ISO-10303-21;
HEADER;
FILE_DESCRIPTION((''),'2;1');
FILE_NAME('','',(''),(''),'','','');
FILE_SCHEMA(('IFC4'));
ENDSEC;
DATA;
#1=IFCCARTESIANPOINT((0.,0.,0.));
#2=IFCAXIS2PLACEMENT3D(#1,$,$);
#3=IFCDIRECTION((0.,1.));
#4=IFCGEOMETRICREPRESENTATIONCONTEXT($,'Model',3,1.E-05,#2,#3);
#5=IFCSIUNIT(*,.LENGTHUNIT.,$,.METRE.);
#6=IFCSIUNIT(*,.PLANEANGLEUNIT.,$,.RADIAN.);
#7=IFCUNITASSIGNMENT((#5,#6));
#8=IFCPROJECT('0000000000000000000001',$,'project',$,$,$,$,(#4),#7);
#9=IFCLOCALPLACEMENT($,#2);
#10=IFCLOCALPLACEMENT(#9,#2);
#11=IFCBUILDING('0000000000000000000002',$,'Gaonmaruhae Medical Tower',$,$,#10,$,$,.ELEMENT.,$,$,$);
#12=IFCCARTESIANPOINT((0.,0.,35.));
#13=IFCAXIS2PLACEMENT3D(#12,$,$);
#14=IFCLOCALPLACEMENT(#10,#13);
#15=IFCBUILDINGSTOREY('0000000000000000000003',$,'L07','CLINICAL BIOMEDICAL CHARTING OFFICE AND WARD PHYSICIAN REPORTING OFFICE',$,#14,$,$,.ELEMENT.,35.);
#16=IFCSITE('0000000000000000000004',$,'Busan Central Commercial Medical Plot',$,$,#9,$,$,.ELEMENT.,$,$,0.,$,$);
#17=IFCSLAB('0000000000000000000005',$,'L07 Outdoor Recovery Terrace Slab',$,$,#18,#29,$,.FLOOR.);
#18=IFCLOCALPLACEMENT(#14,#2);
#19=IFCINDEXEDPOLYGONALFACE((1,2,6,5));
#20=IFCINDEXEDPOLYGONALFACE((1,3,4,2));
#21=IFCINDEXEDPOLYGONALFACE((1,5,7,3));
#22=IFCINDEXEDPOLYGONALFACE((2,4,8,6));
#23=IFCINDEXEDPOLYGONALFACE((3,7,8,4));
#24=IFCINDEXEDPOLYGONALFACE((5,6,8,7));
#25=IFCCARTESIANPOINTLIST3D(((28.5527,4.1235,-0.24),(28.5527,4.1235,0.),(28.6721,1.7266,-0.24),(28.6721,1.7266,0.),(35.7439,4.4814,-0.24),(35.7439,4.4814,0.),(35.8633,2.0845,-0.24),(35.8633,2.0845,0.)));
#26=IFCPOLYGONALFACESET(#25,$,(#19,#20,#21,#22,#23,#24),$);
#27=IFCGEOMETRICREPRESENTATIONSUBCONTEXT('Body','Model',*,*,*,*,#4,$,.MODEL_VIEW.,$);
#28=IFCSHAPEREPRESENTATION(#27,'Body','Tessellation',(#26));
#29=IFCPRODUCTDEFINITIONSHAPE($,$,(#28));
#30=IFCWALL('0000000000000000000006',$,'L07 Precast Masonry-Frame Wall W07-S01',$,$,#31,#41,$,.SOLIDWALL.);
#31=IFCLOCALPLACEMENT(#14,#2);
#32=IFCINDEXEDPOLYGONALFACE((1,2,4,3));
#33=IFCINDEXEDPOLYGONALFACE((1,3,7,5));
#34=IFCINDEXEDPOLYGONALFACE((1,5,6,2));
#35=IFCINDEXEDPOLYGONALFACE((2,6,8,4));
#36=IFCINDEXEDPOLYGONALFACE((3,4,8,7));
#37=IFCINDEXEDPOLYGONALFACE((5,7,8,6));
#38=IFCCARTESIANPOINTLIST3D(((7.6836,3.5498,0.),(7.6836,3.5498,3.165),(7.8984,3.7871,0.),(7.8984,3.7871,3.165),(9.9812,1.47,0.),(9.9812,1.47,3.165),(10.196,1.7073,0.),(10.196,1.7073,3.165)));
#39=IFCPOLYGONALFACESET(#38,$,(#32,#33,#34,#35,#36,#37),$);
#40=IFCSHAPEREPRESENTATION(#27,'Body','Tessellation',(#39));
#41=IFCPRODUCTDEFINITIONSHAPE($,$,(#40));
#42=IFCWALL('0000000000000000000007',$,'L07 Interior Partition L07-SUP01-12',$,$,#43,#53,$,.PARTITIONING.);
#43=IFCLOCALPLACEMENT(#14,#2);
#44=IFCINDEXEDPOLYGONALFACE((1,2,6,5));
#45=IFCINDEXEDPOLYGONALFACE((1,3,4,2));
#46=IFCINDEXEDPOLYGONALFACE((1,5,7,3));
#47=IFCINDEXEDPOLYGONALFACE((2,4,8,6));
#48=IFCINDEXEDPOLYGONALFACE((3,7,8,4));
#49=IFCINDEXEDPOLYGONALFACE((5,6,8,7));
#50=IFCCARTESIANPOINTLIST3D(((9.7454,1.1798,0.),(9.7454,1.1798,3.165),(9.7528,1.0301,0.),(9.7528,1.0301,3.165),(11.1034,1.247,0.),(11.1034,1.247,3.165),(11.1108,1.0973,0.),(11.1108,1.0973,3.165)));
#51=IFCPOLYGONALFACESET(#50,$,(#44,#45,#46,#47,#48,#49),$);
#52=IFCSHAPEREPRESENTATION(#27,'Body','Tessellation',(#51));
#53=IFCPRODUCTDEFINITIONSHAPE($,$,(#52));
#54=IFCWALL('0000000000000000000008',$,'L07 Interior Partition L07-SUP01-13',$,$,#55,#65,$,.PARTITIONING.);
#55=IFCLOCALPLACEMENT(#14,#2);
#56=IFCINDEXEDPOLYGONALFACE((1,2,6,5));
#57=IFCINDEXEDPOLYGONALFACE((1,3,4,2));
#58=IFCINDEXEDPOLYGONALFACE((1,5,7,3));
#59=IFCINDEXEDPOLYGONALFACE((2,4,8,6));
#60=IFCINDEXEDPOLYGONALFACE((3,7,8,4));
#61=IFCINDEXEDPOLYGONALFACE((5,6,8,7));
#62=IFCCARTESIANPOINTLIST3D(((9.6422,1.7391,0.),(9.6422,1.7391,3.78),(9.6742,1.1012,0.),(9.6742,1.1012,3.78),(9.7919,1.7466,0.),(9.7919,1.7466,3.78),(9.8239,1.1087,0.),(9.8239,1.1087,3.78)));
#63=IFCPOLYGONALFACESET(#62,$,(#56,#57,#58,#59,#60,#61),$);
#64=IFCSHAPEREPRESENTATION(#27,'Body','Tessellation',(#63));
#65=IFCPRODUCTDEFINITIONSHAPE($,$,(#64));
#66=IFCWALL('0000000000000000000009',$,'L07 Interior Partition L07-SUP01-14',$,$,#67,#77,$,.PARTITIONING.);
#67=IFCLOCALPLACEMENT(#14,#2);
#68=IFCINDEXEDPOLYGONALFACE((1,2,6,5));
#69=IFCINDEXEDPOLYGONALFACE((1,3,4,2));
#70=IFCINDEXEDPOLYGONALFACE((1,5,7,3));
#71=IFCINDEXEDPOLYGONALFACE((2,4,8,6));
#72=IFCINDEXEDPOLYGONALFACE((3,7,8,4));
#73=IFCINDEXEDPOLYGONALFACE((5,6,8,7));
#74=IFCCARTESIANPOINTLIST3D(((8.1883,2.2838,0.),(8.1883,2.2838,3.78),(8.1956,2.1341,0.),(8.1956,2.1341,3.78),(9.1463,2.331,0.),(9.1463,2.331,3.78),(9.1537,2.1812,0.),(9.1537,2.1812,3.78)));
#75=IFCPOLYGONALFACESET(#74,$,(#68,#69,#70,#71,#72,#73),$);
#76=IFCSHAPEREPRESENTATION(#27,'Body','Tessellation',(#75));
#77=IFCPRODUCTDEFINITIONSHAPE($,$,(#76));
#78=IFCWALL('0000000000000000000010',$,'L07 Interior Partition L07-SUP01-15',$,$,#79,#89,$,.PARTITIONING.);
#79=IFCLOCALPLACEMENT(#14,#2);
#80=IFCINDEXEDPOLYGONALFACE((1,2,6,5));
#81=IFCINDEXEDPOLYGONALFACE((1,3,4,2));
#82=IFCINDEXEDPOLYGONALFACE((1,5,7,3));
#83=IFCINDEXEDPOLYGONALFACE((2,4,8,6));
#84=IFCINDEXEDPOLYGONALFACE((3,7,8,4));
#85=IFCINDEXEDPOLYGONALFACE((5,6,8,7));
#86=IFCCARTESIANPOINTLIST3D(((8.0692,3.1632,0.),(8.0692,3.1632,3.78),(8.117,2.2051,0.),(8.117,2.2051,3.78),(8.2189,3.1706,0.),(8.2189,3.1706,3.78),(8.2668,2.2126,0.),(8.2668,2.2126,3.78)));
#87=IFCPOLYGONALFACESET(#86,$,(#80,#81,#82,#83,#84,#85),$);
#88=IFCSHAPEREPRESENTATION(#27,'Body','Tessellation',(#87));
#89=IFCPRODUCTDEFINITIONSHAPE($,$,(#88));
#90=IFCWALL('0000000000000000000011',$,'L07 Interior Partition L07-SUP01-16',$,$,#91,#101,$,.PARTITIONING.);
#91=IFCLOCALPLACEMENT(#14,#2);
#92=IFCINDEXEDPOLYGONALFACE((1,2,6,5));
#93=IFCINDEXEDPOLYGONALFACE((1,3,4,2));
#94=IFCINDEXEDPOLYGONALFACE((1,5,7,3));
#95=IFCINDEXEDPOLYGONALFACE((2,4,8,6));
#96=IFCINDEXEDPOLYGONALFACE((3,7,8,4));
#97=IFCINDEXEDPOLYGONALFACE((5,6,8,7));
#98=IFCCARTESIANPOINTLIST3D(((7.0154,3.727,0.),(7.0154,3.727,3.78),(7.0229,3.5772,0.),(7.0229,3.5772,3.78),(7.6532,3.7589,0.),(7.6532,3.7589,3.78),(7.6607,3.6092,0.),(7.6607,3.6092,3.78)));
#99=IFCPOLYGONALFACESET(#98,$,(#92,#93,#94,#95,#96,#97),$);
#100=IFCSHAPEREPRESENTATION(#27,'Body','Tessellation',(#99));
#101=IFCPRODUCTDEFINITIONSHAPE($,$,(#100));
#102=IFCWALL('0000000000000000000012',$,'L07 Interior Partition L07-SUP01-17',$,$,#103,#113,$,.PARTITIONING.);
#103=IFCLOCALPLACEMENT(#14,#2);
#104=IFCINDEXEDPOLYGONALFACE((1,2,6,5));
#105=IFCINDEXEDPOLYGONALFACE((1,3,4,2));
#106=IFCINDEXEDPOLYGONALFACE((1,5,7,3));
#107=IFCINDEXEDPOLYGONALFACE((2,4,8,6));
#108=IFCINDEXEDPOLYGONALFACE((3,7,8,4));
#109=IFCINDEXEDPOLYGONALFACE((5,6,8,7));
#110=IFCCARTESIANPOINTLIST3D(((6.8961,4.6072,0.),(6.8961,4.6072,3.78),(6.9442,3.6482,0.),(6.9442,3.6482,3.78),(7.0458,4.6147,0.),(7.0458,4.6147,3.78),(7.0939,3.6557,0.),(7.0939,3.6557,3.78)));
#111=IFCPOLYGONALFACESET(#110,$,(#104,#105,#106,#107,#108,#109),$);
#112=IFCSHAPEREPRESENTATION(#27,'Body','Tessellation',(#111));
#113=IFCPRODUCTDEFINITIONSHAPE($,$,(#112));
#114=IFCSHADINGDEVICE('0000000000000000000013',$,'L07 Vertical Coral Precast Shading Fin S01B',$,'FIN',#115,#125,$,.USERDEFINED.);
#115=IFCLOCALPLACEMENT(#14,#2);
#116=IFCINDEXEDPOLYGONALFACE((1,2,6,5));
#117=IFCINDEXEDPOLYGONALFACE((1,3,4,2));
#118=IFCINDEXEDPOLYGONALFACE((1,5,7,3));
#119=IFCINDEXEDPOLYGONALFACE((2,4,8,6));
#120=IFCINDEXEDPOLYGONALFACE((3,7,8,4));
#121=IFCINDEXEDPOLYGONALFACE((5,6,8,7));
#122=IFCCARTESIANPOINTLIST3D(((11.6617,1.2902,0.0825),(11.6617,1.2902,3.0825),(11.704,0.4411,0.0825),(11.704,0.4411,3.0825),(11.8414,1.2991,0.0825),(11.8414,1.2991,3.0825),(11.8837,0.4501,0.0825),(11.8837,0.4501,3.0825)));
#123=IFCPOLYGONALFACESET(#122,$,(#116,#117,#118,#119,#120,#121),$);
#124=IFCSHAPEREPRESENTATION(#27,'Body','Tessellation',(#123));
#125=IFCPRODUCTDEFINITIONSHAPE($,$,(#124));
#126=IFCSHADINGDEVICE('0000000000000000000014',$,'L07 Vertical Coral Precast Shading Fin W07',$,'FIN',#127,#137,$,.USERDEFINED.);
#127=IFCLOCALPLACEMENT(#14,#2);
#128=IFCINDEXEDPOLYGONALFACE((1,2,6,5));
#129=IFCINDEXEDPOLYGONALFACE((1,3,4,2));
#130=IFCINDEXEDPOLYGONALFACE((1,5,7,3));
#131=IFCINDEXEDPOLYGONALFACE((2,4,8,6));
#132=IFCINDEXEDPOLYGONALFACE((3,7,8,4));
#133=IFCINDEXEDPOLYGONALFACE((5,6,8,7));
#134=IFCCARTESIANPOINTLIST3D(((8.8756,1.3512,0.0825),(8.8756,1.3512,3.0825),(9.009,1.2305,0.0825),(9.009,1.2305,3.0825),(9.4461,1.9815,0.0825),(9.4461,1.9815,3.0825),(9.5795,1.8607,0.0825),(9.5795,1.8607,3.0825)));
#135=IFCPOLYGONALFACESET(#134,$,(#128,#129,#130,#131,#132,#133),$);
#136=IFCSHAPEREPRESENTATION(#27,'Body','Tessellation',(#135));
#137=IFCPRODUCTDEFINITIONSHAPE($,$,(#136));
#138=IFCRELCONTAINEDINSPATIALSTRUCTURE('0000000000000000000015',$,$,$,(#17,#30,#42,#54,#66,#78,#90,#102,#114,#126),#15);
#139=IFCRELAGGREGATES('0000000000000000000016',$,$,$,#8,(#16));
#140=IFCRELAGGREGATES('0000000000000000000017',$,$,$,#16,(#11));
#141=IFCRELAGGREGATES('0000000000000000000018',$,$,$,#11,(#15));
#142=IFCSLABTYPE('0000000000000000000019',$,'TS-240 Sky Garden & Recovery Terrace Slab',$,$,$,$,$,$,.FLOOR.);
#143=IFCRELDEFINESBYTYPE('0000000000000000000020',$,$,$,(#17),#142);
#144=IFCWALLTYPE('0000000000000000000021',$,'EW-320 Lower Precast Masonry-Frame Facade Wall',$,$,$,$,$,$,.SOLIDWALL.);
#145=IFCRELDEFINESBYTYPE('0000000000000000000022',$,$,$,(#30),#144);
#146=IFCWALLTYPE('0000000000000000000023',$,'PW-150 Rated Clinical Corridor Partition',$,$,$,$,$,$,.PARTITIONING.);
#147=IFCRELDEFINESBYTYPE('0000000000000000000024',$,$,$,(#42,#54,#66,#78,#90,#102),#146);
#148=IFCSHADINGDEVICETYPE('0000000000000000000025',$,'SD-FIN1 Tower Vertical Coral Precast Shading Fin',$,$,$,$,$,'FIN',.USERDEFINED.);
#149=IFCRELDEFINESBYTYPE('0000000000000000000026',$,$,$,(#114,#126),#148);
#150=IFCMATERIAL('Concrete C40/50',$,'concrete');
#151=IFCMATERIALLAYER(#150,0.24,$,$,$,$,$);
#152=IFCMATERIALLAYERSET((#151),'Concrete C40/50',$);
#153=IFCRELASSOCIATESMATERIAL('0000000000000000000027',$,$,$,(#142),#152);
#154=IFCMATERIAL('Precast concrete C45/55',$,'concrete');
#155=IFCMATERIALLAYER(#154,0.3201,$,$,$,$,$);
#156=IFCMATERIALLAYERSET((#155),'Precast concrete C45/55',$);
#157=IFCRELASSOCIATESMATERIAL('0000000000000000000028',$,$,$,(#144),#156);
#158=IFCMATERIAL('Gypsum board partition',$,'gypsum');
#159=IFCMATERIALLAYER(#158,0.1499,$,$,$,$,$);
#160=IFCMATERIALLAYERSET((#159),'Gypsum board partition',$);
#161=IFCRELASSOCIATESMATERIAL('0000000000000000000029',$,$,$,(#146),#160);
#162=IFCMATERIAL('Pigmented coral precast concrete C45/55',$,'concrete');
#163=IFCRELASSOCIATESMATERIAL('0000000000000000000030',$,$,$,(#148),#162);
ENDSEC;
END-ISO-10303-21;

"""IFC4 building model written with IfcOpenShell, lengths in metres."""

from ifc_helpers import new_model, si_unit, direction, frame, frame_2d, origin, origin_2d, place, context, subcontext, project, spatial, polyline, rectangle, outline, extrude, material, layer, layer_set, type_object, element, save


model = new_model("IFC4")

# Units and contexts
model_context = context("Model", 3, precision=1e-05, world=origin(), true_north=direction((0.0, 1.0)))
body_context = subcontext(model_context, "Body", "Model", "MODEL_VIEW")
ifc_project = project(units=[si_unit("LENGTHUNIT", "METRE"), si_unit("PLANEANGLEUNIT", "RADIAN")], contexts=[model_context])

# Site, building, storey
site_placement = place(None, origin())
site = spatial("IfcSite", under=ifc_project, at=site_placement, Name="Busan Central Commercial Medical Plot", CompositionType="ELEMENT", RefElevation=0.0)
building_placement = place(site_placement, origin())
building = spatial("IfcBuilding", under=site, at=building_placement, Name="Gaonmaruhae Medical Tower", CompositionType="ELEMENT")
storey_placement = place(building_placement, frame((0.0, 0.0, 35.0)))
storey = spatial("IfcBuildingStorey", under=building, at=storey_placement, Name="L07", Description="CLINICAL BIOMEDICAL CHARTING OFFICE AND WARD PHYSICIAN REPORTING OFFICE", CompositionType="ELEMENT", Elevation=35.0)

# Shared definitions
ifc_material_1 = material(Name="Concrete C40/50", Category="concrete")

# Slab
ifc_layer_1 = layer(ifc_material_1, 0.24)
ifc_layer_set_1 = layer_set([ifc_layer_1], Name="Concrete C40/50")
slab_type_1 = type_object("IfcSlabType", Name="TS-240 Sky Garden & Recovery Terrace Slab", PredefinedType="FLOOR", material=ifc_layer_set_1)
slab_1_placement = place(storey_placement, frame((0.0, 0.0, -0.24)))
element("IfcSlab", 1, at=slab_1_placement, inside=storey, type_object=slab_type_1, Name="L07 Outdoor Recovery Terrace Slab", PredefinedType="FLOOR", context=body_context, shape_type="SweptSolid", body=[
    extrude(outline(polyline([(28.6721, 1.7266), (35.8633, 2.0845), (35.7439, 4.4814), (28.5527, 4.1235), (28.6721, 1.7266)])), origin(), (0.0, 0.0, 1.0), 0.24),
])

# Walls
ifc_material_2 = material(Name="Precast concrete C45/55", Category="concrete")
ifc_layer_2 = layer(ifc_material_2, 0.3201)
ifc_layer_set_2 = layer_set([ifc_layer_2], Name="Precast concrete C45/55")
wall_type_1 = type_object("IfcWallType", Name="EW-320 Lower Precast Masonry-Frame Facade Wall", PredefinedType="SOLIDWALL", material=ifc_layer_set_2)
wall_1_placement = place(storey_placement, frame((10.0886, 1.5886, 0.0), z_axis=(0.0, 0.0, 1.0), x_axis=(-0.741368, 0.671099, 0.0)))
element("IfcWall", 2, at=wall_1_placement, inside=storey, type_object=wall_type_1, Name="L07 Precast Masonry-Frame Wall W07-S01", PredefinedType="SOLIDWALL", context=body_context, shape_type="SweptSolid", body=[
    extrude(rectangle(XDim=3.0991, YDim=0.3201, at=frame_2d((1.5496, 0.0))), origin(), (0.0, 0.0, 1.0), 3.165),
])
ifc_material_3 = material(Name="Gypsum board partition", Category="gypsum")
ifc_layer_3 = layer(ifc_material_3, 0.1499)
ifc_layer_set_3 = layer_set([ifc_layer_3], Name="Gypsum board partition")
wall_type_2 = type_object("IfcWallType", Name="PW-150 Rated Clinical Corridor Partition", PredefinedType="PARTITIONING", material=ifc_layer_set_3)
wall_2_placement = place(storey_placement, frame((11.1069, 1.1721, 0.0), z_axis=(0.0, 0.0, 1.0), x_axis=(-0.99878, -0.049382, 0.0)))
element("IfcWall", 3, at=wall_2_placement, inside=storey, type_object=wall_type_2, Name="L07 Interior Partition L07-SUP01-12", PredefinedType="PARTITIONING", context=body_context, shape_type="SweptSolid", body=[
    extrude(rectangle(XDim=1.3596, YDim=0.1499, at=frame_2d((0.6797, 0.0))), origin(), (0.0, 0.0, 1.0), 3.165),
])
wall_3_placement = place(storey_placement, frame((9.749, 1.105, 0.0), z_axis=(0.0, 0.0, 1.0), x_axis=(-0.050071, 0.998746, 0.0)))
element("IfcWall", 4, at=wall_3_placement, inside=storey, type_object=wall_type_2, Name="L07 Interior Partition L07-SUP01-13", PredefinedType="PARTITIONING", context=body_context, shape_type="SweptSolid", body=[
    extrude(rectangle(XDim=0.6387, YDim=0.1499, at=frame_2d((0.3193, 0.0))), origin(), (0.0, 0.0, 1.0), 3.78),
])
for number, where, z_axis, x_axis, name in (
    (5, (9.1499, 2.2561, 0.0), (0.0, 0.0, 1.0), (-0.998793, -0.049125, 0.0), "L07 Interior Partition L07-SUP01-14"),
    (6, (8.1919, 2.209, 0.0), (0.0, 0.0, 1.0), (-0.049887, 0.998755, 0.0), "L07 Interior Partition L07-SUP01-15"),
):
    element("IfcWall", number, at=place(storey_placement, frame(where, z_axis=z_axis, x_axis=x_axis)), inside=storey, type_object=wall_type_2, Name=name, PredefinedType="PARTITIONING", context=body_context, shape_type="SweptSolid", body=[
        extrude(rectangle(XDim=0.9592, YDim=0.1499, at=frame_2d((0.4795, 0.0))), origin(), (0.0, 0.0, 1.0), 3.78),
    ])
wall_4_placement = place(storey_placement, frame((7.657, 3.6841, 0.0), z_axis=(0.0, 0.0, 1.0), x_axis=(-0.998746, -0.050071, 0.0)))
element("IfcWall", 7, at=wall_4_placement, inside=storey, type_object=wall_type_2, Name="L07 Interior Partition L07-SUP01-16", PredefinedType="PARTITIONING", context=body_context, shape_type="SweptSolid", body=[
    extrude(rectangle(XDim=0.6387, YDim=0.1499, at=frame_2d((0.3193, 0.0))), origin(), (0.0, 0.0, 1.0), 3.78),
])
wall_5_placement = place(storey_placement, frame((7.019, 3.6521, 0.0), z_axis=(0.0, 0.0, 1.0), x_axis=(-0.05009, 0.998745, 0.0)))
element("IfcWall", 8, at=wall_5_placement, inside=storey, type_object=wall_type_2, Name="L07 Interior Partition L07-SUP01-17", PredefinedType="PARTITIONING", context=body_context, shape_type="SweptSolid", body=[
    extrude(rectangle(XDim=0.9602, YDim=0.1499, at=frame_2d((0.48, 0.0))), origin(), (0.0, 0.0, 1.0), 3.78),
])

# Shading devices
ifc_material_4 = material(Name="Pigmented coral precast concrete C45/55", Category="concrete")
shading_device_type = type_object("IfcShadingDeviceType", Name="SD-FIN1 Tower Vertical Coral Precast Shading Fin", ElementType="FIN", PredefinedType="USERDEFINED", material=ifc_material_4)
for number, where, z_axis, x_axis, name in (
    (9, (11.7727, 0.8701, 0.0825), (0.0, 0.0, 1.0), (-0.998763, -0.049721, 0.0), "L07 Vertical Coral Precast Shading Fin S01B"),
    (10, (9.2275, 1.606, 0.0825), (0.0, 0.0, 1.0), (-0.741391, 0.671074, 0.0), "L07 Vertical Coral Precast Shading Fin W07"),
):
    element("IfcShadingDevice", number, at=place(storey_placement, frame(where, z_axis=z_axis, x_axis=x_axis)), inside=storey, type_object=shading_device_type, Name=name, ObjectType="FIN", PredefinedType="USERDEFINED", context=body_context, shape_type="SweptSolid", body=[
        extrude(rectangle(XDim=0.1799, YDim=0.8501, at=origin_2d()), origin(), (0.0, 0.0, 1.0), 3.0),
    ])

save(model, "model.ifc")
